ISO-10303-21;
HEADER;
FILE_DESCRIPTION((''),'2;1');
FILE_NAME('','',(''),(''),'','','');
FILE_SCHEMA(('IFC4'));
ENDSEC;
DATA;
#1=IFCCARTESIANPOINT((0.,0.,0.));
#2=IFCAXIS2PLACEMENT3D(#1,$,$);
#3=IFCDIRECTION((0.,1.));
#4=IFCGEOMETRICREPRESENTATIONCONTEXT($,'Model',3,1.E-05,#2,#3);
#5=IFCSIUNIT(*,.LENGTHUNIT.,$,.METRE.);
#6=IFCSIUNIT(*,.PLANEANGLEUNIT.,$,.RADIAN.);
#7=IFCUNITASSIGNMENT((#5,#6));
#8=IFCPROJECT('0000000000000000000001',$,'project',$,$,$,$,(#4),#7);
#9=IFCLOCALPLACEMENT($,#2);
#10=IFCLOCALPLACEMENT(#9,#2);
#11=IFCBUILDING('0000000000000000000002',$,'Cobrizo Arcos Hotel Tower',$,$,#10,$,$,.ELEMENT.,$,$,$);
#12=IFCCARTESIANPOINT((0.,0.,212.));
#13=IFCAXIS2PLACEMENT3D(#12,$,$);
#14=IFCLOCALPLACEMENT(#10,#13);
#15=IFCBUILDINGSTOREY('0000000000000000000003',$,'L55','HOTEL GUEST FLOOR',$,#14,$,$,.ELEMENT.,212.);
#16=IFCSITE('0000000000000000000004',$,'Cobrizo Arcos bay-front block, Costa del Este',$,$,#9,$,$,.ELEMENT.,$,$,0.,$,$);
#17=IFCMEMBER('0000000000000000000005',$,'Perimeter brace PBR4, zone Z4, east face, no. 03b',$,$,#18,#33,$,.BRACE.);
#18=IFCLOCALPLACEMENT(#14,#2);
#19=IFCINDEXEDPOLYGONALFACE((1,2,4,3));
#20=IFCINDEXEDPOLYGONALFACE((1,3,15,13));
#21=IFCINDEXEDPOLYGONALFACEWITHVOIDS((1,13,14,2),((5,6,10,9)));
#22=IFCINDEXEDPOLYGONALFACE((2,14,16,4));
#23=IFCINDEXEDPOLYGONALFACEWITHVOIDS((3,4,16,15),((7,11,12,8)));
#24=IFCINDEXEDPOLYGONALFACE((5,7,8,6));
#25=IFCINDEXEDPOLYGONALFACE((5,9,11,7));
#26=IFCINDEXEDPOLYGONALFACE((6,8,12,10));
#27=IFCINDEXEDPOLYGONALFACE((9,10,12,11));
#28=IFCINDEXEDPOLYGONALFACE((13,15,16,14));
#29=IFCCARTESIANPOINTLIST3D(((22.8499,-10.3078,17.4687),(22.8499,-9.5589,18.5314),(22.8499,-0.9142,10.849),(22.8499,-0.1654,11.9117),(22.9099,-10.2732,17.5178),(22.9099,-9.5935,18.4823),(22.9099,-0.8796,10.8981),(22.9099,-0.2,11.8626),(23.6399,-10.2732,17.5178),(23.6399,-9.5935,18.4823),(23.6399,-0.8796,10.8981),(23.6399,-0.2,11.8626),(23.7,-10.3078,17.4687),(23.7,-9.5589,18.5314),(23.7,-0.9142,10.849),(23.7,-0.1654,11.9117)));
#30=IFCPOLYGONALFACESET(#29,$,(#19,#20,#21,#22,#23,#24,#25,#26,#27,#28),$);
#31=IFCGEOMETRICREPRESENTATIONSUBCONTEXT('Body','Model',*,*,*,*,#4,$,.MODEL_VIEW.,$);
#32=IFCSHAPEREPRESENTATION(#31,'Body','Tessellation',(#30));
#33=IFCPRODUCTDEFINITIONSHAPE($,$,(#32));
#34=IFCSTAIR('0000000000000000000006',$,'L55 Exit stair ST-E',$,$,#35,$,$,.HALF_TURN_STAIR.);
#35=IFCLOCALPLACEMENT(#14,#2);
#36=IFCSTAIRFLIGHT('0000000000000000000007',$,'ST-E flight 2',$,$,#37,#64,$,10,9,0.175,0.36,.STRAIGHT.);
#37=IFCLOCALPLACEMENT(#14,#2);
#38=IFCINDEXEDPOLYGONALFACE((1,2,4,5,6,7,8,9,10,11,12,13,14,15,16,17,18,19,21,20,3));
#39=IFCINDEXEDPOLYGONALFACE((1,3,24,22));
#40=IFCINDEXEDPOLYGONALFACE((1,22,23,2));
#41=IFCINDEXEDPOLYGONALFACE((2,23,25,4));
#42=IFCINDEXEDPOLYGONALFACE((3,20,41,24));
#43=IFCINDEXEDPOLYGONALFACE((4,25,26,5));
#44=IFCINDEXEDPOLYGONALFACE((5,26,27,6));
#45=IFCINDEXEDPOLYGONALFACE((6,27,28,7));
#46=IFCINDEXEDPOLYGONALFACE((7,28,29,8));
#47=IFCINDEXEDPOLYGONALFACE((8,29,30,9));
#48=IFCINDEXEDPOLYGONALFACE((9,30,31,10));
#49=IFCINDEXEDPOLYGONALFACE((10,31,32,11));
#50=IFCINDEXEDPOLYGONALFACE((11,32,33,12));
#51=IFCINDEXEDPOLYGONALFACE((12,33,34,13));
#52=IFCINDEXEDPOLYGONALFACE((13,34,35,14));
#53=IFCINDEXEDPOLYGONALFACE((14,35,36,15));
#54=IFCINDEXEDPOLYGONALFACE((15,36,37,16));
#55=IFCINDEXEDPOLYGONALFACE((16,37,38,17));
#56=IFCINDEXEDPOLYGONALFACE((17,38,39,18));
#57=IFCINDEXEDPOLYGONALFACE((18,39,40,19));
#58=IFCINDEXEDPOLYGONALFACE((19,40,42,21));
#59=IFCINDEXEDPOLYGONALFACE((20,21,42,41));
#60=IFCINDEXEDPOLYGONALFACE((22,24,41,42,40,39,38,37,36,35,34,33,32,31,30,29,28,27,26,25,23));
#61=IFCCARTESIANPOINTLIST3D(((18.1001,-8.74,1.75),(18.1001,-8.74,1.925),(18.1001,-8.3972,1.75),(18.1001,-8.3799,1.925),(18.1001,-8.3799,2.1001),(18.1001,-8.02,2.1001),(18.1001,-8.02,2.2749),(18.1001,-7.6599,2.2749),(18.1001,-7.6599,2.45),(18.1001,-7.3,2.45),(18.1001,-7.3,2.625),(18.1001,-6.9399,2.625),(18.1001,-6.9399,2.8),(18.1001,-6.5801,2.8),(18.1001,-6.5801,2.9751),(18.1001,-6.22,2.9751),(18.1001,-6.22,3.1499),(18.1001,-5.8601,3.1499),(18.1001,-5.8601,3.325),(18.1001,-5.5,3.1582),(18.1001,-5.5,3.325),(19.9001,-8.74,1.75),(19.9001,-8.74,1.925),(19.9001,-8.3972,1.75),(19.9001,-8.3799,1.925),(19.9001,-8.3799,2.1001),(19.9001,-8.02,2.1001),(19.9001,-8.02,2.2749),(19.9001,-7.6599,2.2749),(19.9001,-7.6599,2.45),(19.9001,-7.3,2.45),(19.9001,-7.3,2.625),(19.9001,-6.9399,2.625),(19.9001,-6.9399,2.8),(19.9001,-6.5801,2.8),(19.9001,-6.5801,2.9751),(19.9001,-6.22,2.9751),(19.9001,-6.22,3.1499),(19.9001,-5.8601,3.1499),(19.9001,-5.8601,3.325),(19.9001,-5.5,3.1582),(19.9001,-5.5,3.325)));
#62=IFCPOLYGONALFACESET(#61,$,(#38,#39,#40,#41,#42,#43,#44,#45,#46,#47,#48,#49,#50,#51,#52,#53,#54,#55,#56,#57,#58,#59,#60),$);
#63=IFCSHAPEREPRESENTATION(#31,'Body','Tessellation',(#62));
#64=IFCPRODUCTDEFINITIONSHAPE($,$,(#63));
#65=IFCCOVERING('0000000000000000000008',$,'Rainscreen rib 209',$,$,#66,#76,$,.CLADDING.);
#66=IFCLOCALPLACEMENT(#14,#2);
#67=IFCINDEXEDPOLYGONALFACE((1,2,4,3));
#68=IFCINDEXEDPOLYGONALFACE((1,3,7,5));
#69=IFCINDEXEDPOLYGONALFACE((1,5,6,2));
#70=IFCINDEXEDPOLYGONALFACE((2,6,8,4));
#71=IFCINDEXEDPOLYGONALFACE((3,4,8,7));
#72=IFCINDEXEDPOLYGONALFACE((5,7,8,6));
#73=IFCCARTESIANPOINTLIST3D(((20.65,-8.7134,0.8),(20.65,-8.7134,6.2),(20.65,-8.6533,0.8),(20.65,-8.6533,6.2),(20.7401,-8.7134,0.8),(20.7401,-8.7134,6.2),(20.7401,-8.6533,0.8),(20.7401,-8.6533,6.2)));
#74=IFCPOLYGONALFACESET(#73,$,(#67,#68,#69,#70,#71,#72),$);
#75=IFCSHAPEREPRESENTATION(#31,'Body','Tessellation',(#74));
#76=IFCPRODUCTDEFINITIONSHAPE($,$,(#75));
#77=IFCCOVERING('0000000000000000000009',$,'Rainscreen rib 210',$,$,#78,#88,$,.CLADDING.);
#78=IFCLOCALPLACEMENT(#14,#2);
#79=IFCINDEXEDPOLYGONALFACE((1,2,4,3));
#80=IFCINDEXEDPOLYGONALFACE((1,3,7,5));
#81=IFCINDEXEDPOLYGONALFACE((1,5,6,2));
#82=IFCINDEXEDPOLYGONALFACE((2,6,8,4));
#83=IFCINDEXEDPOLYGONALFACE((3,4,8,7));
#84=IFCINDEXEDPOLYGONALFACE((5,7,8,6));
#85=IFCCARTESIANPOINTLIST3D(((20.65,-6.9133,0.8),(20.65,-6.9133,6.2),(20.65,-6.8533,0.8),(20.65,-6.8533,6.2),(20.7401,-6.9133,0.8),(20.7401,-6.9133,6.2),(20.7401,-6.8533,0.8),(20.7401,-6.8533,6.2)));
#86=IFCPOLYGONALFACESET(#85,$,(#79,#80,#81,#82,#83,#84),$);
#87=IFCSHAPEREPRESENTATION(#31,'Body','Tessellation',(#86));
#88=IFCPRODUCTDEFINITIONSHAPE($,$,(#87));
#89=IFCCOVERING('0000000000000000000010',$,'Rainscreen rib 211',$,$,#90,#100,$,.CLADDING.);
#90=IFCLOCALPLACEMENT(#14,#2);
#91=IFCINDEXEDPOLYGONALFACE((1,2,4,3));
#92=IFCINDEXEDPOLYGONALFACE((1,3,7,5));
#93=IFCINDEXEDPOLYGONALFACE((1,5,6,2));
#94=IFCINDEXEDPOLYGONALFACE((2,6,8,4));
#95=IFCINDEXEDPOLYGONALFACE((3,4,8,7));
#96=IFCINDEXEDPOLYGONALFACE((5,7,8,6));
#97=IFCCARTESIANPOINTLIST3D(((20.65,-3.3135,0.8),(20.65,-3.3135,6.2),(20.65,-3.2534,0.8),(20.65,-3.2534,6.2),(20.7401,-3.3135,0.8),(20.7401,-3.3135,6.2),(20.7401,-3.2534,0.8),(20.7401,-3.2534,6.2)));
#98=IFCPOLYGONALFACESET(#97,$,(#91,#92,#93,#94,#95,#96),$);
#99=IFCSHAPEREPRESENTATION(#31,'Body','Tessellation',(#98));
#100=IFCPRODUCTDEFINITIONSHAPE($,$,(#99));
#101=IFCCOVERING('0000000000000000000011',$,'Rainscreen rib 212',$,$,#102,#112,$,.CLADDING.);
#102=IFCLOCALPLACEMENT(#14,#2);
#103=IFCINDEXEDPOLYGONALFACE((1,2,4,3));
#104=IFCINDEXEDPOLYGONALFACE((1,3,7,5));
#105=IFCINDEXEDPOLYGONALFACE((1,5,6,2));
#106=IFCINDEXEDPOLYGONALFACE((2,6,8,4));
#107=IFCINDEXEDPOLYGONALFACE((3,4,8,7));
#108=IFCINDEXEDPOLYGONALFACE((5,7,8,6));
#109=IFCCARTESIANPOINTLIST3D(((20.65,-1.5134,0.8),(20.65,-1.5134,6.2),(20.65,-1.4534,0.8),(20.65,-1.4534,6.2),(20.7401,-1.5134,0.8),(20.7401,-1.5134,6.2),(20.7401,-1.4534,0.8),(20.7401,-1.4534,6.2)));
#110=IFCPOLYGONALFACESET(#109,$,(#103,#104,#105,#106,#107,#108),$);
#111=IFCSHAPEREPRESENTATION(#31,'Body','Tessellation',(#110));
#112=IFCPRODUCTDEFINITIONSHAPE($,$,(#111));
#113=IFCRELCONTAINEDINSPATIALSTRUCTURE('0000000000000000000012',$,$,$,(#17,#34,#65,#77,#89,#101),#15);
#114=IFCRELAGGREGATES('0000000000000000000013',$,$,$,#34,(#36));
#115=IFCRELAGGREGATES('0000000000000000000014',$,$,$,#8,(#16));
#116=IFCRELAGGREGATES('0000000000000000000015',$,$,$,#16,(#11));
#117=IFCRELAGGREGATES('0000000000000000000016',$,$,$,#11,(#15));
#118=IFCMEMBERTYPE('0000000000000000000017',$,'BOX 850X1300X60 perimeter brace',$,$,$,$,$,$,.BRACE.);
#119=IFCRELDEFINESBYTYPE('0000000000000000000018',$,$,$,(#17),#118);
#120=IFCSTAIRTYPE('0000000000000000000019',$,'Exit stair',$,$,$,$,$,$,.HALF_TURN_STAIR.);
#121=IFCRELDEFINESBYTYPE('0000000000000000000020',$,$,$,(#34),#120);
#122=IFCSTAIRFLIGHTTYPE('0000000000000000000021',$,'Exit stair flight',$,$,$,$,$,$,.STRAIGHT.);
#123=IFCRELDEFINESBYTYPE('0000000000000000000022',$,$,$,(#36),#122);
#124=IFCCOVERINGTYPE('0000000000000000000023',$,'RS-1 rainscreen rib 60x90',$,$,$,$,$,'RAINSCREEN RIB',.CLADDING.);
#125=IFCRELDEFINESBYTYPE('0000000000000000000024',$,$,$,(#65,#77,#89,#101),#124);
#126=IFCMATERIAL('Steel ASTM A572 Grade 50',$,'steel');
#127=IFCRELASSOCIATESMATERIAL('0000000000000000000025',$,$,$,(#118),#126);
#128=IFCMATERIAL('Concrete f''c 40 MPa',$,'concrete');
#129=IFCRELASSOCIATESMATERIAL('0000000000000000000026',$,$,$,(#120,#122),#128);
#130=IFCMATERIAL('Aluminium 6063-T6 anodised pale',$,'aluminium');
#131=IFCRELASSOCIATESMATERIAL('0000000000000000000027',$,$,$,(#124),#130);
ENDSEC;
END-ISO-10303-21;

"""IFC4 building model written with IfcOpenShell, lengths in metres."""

from ifc_helpers import new_model, si_unit, direction, frame, origin, origin_2d, place, context, subcontext, project, spatial, polyline, rectangle, hollow_rectangle, outline, extrude, material, material_profile, profile_set, type_object, element, aggregate, save


model = new_model("IFC4")

# Units and contexts
model_context = context("Model", 3, precision=1e-05, world=origin(), true_north=direction((0.0, 1.0)))
body_context = subcontext(model_context, "Body", "Model", "MODEL_VIEW")
ifc_project = project(units=[si_unit("LENGTHUNIT", "METRE"), si_unit("PLANEANGLEUNIT", "RADIAN")], contexts=[model_context])

# Site, building, storey
site_placement = place(None, origin())
site = spatial("IfcSite", under=ifc_project, at=site_placement, Name="Cobrizo Arcos bay-front block, Costa del Este", CompositionType="ELEMENT", RefElevation=0.0)
building_placement = place(site_placement, origin())
building = spatial("IfcBuilding", under=site, at=building_placement, Name="Cobrizo Arcos Hotel Tower", CompositionType="ELEMENT")
storey_placement = place(building_placement, frame((0.0, 0.0, 212.0)))
storey = spatial("IfcBuildingStorey", under=building, at=storey_placement, Name="L55", Description="HOTEL GUEST FLOOR", CompositionType="ELEMENT", Elevation=212.0)

# Member
ifc_material_1 = material(Name="Steel ASTM A572 Grade 50", Category="steel")
ifc_material_profile = material_profile(ifc_material_1, hollow_rectangle(XDim=0.8501, YDim=1.3, WallThickness=0.0601, at=origin_2d()), Name="BOX 850X1300X60")
ifc_profile_set = profile_set([ifc_material_profile], Name="Steel ASTM A572 Grade 50")
member_type = type_object("IfcMemberType", Name="BOX 850X1300X60 perimeter brace", PredefinedType="BRACE", material=ifc_profile_set)
member_placement = place(storey_placement, frame((23.2749, -0.5398, 11.3804), z_axis=(0.0, -0.817423, 0.576037), x_axis=(1.0, 0.0, 0.0)))
element("IfcMember", 1, at=member_placement, inside=storey, type_object=member_type, Name="Perimeter brace PBR4, zone Z4, east face, no. 03b", PredefinedType="BRACE", context=body_context, shape_type="SweptSolid", body=[
    extrude(hollow_rectangle(XDim=0.8501, YDim=1.3, WallThickness=0.0601, at=origin_2d()), origin(), (0.0, 0.0, 1.0), 11.4917),
])

# Stair, stair flight
ifc_material_2 = material(Name="Concrete f'c 40 MPa", Category="concrete")
stair_type = type_object("IfcStairType", Name="Exit stair", PredefinedType="HALF_TURN_STAIR", material=ifc_material_2)
stair_placement = place(storey_placement, origin())
stair = element("IfcStair", 2, at=stair_placement, inside=storey, type_object=stair_type, Name="L55 Exit stair ST-E", PredefinedType="HALF_TURN_STAIR")
stair_flight_type = type_object("IfcStairFlightType", Name="Exit stair flight", PredefinedType="STRAIGHT", material=ifc_material_2)
stair_flight_placement = place(storey_placement, frame((19.0, -8.74, 1.75), z_axis=(0.0, 0.0, 1.0), x_axis=(0.0, 1.0, 0.0)))
stair_flight = element("IfcStairFlight", 3, at=stair_flight_placement, type_object=stair_flight_type, Name="ST-E flight 2", NumberOfRisers=10, NumberOfTreads=9, PredefinedType="STRAIGHT", RiserHeight=0.175, TreadLength=0.36, context=body_context, shape_type="SweptSolid", body=[
    extrude(outline(polyline([(0.0, 0.0), (0.0, 0.175), (0.3601, 0.175), (0.3601, 0.3501), (0.72, 0.3501), (0.72, 0.5249), (1.0801, 0.5249), (1.0801, 0.7), (1.4399, 0.7), (1.4399, 0.875), (1.8, 0.875), (1.8, 1.05), (2.1599, 1.05), (2.1599, 1.2251), (2.52, 1.2251), (2.52, 1.3999), (2.8799, 1.3999), (2.8799, 1.575), (3.24, 1.575), (3.24, 1.75), (3.24, 1.4082), (0.3428, 0.0), (0.0, 0.0)])), frame((0.0, 0.8999, 0.0), z_axis=(0.0, -1.0, 0.0), x_axis=(1.0, 0.0, 0.0)), (0.0, 0.0, 1.0), 1.8),
])
aggregate(stair, [stair_flight])

# Coverings
ifc_material_3 = material(Name="Aluminium 6063-T6 anodised pale", Category="aluminium")
covering_type = type_object("IfcCoveringType", Name="RS-1 rainscreen rib 60x90", ElementType="RAINSCREEN RIB", PredefinedType="CLADDING", material=ifc_material_3)
for number, where, z_axis, x_axis, name in (
    (4, (20.6951, -8.6833, 0.8), (0.0, 0.0, 1.0), (0.0, 1.0, 0.0), "Rainscreen rib 209"),
    (5, (20.6951, -6.8833, 0.8), (0.0, 0.0, 1.0), (0.0, 1.0, 0.0), "Rainscreen rib 210"),
    (6, (20.6951, -3.2834, 0.8), (0.0, 0.0, 1.0), (0.0, 1.0, 0.0), "Rainscreen rib 211"),
    (7, (20.6951, -1.4834, 0.8), (0.0, 0.0, 1.0), (0.0, 1.0, 0.0), "Rainscreen rib 212"),
):
    element("IfcCovering", number, at=place(storey_placement, frame(where, z_axis=z_axis, x_axis=x_axis)), inside=storey, type_object=covering_type, Name=name, PredefinedType="CLADDING", context=body_context, shape_type="SweptSolid", body=[
        extrude(rectangle(XDim=0.0601, YDim=0.0901, at=origin_2d()), origin(), (0.0, 0.0, 1.0), 5.3999),
    ])

save(model, "model.ifc")
